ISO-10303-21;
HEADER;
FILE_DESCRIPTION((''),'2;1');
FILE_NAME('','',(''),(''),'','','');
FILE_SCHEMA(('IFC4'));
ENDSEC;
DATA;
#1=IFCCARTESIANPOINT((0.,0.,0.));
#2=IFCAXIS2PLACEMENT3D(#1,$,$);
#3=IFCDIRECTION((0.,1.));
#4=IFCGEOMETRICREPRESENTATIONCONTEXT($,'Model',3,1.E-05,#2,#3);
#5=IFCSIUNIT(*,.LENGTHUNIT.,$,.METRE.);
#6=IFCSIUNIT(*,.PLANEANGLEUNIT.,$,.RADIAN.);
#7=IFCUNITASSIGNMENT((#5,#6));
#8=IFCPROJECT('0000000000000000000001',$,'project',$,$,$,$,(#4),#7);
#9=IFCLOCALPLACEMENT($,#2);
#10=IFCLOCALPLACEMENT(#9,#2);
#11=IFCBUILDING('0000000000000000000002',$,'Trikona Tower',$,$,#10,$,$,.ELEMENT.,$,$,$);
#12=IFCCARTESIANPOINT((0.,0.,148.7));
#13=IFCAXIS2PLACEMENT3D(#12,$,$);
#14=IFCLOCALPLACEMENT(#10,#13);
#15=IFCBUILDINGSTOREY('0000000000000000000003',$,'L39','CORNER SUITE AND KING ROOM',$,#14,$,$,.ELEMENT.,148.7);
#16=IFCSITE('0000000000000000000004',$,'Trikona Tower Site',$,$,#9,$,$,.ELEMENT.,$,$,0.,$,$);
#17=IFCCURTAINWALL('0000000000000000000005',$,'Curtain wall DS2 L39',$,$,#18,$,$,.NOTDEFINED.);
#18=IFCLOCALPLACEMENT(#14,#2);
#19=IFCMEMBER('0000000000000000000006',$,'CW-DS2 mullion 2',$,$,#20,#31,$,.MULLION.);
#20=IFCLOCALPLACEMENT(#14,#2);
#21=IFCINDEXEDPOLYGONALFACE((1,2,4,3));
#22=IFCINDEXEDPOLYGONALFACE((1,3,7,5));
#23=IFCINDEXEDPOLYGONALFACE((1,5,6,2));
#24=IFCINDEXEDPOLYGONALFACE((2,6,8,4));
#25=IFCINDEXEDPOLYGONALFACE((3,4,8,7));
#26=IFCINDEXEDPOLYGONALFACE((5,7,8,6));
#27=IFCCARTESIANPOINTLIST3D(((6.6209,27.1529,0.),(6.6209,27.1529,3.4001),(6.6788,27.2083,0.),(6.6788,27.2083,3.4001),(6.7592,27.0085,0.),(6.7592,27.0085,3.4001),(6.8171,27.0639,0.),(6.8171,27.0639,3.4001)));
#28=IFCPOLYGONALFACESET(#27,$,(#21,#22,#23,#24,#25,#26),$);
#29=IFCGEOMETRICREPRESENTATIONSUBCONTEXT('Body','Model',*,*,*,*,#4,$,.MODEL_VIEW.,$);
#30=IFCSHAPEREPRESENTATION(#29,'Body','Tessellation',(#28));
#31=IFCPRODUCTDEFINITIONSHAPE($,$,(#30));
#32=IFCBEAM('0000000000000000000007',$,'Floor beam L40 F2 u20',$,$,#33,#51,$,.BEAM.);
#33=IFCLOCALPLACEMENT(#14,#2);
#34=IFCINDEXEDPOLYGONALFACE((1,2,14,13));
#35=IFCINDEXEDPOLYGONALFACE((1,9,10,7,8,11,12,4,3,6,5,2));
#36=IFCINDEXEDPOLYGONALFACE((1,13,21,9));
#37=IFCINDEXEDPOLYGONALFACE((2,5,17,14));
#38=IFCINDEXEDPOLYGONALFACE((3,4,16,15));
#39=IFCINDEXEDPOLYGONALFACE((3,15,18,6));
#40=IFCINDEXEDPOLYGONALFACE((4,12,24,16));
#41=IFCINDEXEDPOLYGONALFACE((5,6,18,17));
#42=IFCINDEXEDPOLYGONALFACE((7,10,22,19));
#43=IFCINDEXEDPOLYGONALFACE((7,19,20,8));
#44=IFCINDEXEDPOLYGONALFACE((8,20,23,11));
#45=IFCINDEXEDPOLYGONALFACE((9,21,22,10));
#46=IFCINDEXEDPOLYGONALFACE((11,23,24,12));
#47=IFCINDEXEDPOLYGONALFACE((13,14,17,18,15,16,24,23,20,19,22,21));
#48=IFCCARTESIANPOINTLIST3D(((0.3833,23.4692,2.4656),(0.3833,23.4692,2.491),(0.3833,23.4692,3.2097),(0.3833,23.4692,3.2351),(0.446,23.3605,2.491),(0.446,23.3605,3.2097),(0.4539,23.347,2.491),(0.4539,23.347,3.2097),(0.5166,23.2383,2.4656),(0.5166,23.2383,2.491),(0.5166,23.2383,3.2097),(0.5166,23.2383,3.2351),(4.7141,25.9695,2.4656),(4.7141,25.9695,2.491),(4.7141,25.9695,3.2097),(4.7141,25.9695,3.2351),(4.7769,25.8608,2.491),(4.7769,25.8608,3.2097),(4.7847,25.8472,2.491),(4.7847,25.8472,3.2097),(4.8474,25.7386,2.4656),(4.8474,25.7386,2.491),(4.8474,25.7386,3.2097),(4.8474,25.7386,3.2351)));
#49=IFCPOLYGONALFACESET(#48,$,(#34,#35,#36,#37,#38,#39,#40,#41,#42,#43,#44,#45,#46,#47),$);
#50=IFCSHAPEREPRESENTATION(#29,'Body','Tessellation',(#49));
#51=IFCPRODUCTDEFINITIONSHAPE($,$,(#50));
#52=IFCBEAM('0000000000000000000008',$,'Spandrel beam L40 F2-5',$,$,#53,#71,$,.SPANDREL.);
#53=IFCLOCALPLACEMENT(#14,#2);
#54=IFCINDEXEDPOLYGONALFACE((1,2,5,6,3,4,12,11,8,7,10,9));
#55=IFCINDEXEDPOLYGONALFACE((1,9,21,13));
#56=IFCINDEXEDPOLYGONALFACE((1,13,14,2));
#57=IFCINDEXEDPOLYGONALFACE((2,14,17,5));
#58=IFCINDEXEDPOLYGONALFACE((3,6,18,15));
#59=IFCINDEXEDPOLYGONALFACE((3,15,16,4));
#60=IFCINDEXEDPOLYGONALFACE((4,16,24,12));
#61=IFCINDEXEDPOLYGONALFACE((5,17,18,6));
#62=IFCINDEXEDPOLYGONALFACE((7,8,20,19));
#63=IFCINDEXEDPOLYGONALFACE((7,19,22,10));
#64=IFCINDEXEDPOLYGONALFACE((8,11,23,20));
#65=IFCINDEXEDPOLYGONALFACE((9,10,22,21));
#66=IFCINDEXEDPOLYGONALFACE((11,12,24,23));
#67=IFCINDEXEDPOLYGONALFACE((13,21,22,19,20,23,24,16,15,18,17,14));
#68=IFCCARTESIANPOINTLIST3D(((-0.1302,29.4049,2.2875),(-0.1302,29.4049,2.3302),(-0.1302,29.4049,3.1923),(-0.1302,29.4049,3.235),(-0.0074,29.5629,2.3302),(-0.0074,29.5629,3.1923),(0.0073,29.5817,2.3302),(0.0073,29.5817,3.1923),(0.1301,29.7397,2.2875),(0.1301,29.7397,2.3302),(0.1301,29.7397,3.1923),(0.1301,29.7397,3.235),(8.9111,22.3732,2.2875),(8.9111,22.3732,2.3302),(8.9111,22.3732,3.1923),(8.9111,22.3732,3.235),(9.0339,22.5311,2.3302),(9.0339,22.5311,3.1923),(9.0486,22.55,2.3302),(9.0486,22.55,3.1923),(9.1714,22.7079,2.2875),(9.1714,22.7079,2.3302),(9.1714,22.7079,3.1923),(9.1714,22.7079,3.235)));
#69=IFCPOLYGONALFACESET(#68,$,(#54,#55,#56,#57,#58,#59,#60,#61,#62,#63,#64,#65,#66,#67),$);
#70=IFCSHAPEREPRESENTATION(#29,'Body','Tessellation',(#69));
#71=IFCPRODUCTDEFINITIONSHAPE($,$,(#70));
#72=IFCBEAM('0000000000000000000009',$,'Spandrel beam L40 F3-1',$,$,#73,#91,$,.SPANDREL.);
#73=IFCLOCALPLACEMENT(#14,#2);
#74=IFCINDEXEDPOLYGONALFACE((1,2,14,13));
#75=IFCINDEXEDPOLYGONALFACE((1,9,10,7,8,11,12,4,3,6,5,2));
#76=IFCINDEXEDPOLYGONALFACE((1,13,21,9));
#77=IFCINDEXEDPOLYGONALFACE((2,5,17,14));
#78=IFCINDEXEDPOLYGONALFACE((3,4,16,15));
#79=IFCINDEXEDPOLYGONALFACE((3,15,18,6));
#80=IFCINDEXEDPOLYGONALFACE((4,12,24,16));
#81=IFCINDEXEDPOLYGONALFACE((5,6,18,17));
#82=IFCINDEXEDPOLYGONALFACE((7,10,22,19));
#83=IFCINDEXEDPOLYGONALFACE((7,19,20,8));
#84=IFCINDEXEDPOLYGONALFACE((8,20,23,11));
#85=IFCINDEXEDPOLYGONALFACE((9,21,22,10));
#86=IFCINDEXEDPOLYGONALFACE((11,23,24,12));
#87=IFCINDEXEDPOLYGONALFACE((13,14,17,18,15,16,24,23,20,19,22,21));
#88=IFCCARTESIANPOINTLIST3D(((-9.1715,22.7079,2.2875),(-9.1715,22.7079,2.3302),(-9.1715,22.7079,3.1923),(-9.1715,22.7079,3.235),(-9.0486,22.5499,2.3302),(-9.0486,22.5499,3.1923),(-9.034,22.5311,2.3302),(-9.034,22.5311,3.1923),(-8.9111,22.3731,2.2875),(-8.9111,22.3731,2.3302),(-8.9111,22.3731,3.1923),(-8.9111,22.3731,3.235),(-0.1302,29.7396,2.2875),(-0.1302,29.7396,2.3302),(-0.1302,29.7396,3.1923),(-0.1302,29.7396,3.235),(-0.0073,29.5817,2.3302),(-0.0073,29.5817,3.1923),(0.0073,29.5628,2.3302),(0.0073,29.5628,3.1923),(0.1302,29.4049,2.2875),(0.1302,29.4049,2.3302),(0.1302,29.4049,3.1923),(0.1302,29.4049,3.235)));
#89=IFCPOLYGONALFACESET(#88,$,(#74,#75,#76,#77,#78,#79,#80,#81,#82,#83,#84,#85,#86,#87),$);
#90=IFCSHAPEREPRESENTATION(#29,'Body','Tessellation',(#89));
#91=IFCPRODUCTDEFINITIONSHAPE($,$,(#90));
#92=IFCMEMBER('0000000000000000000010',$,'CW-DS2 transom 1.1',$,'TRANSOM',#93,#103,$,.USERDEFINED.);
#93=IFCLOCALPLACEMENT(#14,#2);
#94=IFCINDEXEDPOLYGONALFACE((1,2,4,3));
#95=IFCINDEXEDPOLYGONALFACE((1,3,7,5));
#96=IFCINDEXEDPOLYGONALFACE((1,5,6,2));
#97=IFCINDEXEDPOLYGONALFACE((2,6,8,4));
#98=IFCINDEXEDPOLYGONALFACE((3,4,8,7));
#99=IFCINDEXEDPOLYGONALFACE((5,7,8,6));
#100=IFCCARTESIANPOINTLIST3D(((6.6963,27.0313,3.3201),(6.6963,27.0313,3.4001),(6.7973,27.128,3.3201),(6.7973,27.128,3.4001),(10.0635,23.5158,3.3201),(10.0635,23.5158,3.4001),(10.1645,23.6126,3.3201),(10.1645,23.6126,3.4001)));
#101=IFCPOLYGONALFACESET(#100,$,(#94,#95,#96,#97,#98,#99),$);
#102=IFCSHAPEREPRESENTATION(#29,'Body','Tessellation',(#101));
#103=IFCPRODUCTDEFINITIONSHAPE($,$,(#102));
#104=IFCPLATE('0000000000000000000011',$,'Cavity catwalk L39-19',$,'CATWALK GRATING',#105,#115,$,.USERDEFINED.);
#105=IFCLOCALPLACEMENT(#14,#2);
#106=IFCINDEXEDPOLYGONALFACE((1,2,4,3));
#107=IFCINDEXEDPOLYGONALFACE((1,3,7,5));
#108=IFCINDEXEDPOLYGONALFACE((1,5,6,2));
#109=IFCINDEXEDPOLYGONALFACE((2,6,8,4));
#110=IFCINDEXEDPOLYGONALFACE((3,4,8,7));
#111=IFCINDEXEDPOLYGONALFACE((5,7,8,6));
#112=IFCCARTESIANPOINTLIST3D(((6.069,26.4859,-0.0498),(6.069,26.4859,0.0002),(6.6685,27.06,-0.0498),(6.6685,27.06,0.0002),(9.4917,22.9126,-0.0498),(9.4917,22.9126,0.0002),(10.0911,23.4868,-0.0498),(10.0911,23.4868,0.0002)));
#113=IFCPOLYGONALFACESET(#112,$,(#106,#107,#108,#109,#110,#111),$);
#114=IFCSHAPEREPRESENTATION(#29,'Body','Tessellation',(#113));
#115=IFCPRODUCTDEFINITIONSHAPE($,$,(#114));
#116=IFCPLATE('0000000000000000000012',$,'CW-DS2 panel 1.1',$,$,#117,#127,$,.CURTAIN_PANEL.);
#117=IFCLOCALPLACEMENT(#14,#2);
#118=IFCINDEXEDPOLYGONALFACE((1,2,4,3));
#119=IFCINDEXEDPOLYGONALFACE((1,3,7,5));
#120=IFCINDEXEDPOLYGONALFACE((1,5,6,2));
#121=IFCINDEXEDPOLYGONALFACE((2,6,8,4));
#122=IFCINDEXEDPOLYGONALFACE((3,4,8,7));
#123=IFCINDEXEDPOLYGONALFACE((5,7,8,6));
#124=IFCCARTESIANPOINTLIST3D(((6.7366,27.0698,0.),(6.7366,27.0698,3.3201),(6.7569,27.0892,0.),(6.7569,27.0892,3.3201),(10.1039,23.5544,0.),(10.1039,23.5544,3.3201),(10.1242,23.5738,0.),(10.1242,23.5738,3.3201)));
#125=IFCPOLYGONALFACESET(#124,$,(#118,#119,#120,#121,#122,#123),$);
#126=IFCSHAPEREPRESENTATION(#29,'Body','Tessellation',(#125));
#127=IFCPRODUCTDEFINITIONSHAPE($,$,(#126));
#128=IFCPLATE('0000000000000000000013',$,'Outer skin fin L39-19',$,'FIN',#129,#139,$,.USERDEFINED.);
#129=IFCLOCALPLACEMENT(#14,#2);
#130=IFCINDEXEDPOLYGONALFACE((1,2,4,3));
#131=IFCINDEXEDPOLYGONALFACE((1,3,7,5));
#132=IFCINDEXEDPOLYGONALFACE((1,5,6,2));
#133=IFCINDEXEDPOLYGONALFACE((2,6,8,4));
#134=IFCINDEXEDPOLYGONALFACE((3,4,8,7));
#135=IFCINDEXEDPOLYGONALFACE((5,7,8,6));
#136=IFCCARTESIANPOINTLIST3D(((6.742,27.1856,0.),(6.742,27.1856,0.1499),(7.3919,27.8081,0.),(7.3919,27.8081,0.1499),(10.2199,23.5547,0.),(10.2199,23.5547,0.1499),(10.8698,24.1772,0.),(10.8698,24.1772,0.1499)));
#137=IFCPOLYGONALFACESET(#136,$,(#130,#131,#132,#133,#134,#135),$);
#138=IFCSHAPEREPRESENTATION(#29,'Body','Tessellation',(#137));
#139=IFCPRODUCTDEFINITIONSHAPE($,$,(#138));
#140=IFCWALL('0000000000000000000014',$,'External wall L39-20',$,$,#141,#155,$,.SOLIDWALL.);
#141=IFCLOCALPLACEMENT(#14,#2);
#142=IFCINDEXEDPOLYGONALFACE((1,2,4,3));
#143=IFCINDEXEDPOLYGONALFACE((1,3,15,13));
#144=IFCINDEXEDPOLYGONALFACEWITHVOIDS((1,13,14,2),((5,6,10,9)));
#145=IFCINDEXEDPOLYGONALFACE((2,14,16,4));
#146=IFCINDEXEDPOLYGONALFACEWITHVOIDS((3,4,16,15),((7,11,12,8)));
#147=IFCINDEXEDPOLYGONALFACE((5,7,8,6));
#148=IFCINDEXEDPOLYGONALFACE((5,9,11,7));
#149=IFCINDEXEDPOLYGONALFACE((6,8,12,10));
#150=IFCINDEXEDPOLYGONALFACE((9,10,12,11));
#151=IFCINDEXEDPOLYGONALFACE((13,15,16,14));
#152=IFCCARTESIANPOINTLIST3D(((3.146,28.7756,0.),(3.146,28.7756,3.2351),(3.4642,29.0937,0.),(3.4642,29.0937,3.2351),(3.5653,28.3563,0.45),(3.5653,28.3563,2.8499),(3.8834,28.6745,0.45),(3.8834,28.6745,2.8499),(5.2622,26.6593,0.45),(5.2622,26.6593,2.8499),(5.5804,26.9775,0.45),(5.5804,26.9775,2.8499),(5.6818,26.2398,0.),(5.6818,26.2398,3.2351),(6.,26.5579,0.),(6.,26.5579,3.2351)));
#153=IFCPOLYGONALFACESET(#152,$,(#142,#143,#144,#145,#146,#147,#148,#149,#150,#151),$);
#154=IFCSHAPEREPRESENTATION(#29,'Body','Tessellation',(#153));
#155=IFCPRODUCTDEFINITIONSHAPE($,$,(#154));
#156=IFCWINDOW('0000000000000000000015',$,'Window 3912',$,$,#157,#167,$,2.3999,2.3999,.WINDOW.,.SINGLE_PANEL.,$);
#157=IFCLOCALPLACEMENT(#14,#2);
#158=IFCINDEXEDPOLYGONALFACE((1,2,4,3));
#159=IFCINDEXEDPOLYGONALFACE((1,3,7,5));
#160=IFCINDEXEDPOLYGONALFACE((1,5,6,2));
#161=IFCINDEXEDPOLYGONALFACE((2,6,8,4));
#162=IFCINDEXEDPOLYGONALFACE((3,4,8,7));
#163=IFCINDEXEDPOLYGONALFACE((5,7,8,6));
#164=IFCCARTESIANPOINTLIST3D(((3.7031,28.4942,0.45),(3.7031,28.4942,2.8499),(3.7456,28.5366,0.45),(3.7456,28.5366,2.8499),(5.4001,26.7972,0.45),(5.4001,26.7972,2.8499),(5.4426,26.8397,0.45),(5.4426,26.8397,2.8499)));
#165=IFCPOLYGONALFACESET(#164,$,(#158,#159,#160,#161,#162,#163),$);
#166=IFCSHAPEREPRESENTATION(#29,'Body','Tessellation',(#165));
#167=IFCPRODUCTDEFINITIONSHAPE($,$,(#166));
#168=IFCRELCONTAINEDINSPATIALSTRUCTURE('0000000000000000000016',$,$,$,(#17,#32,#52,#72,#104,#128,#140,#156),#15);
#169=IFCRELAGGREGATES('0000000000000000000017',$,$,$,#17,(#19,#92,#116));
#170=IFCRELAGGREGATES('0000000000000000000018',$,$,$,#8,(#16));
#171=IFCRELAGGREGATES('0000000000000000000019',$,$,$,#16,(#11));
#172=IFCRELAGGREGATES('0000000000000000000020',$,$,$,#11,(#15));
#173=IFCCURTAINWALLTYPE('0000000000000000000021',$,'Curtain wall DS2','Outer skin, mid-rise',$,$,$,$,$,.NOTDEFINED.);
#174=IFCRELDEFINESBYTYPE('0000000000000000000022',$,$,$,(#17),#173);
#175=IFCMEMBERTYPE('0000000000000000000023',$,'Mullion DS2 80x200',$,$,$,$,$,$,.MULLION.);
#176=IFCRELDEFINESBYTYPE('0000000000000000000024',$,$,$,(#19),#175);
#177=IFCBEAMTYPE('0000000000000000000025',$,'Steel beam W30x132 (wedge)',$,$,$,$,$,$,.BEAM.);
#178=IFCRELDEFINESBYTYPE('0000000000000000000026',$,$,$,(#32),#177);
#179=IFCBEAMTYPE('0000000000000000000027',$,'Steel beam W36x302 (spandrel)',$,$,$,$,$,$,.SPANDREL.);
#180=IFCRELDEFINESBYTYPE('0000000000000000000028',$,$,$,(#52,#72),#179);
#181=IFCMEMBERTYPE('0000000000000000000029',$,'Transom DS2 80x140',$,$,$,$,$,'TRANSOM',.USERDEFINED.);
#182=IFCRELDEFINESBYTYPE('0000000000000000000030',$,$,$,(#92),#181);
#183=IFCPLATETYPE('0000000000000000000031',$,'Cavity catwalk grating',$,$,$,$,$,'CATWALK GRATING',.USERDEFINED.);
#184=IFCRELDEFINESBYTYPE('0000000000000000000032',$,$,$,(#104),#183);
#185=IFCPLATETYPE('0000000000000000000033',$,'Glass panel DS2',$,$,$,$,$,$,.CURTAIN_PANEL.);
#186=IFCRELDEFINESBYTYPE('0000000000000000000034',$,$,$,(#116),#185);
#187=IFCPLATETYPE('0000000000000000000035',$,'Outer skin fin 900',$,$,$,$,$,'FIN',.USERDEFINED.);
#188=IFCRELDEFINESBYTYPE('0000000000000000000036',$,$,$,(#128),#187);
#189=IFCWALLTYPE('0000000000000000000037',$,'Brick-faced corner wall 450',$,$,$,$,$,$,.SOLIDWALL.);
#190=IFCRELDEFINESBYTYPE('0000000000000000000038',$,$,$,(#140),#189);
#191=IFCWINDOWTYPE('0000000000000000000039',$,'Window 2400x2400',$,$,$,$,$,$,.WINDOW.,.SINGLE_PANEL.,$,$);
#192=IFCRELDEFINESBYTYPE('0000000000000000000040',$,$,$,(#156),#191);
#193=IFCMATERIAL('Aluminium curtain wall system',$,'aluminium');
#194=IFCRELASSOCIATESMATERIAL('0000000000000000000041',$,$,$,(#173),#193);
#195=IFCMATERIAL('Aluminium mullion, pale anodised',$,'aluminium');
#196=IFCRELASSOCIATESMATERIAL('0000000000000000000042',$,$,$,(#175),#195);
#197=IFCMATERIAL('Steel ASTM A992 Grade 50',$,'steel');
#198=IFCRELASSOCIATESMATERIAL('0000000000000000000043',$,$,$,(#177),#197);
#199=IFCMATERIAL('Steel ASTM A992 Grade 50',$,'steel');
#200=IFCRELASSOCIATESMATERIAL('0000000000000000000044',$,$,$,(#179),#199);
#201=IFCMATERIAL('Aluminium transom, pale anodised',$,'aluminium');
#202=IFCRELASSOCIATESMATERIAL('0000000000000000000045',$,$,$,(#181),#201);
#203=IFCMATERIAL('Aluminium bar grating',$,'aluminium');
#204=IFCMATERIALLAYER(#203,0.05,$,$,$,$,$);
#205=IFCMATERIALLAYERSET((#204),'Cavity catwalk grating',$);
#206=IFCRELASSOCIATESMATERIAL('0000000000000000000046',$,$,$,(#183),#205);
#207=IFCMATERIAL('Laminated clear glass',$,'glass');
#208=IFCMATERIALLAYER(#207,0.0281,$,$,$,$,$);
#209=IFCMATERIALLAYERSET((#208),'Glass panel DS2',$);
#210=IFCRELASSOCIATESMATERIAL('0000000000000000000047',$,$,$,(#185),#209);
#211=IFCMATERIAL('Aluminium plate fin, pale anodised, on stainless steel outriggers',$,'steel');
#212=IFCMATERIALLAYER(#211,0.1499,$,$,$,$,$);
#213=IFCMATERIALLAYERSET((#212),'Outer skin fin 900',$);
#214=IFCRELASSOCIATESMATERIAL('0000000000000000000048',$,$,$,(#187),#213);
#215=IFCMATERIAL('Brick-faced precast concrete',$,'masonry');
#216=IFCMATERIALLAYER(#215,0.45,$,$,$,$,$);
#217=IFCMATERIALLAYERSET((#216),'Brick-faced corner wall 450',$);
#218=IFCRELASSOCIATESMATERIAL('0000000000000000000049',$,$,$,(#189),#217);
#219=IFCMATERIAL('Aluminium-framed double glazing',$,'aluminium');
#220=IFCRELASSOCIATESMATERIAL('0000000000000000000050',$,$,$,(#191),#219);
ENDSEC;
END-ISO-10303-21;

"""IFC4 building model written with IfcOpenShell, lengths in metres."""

from ifc_helpers import new_model, si_unit, direction, frame, frame_2d, origin, origin_2d, place, context, subcontext, project, spatial, rectangle, i_section, extrude, material, layer, layer_set, material_profile, profile_set, type_object, element, fill, aggregate, save


model = new_model("IFC4")

# Units and contexts
model_context = context("Model", 3, precision=1e-05, world=origin(), true_north=direction((0.0, 1.0)))
body_context = subcontext(model_context, "Body", "Model", "MODEL_VIEW")
ifc_project = project(units=[si_unit("LENGTHUNIT", "METRE"), si_unit("PLANEANGLEUNIT", "RADIAN")], contexts=[model_context])

# Site, building, storey
site_placement = place(None, origin())
site = spatial("IfcSite", under=ifc_project, at=site_placement, Name="Trikona Tower Site", CompositionType="ELEMENT", RefElevation=0.0)
building_placement = place(site_placement, origin())
building = spatial("IfcBuilding", under=site, at=building_placement, Name="Trikona Tower", CompositionType="ELEMENT")
storey_placement = place(building_placement, frame((0.0, 0.0, 148.7)))
storey = spatial("IfcBuildingStorey", under=building, at=storey_placement, Name="L39", Description="CORNER SUITE AND KING ROOM", CompositionType="ELEMENT", Elevation=148.7)

# Curtain wall, member
ifc_material_1 = material(Name="Aluminium curtain wall system", Category="aluminium")
curtain_wall_type = type_object("IfcCurtainWallType", Name="Curtain wall DS2", Description="Outer skin, mid-rise", PredefinedType="NOTDEFINED", material=ifc_material_1)
curtain_wall_placement = place(storey_placement, origin())
curtain_wall = element("IfcCurtainWall", 1, at=curtain_wall_placement, inside=storey, type_object=curtain_wall_type, Name="Curtain wall DS2 L39", PredefinedType="NOTDEFINED")
ifc_material_2 = material(Name="Aluminium mullion, pale anodised", Category="aluminium")
ifc_material_profile_1 = material_profile(ifc_material_2, rectangle(XDim=0.0801, YDim=0.2, at=origin_2d()), Name="MUL-DS2")
ifc_profile_set_1 = profile_set([ifc_material_profile_1], Name="Aluminium mullion, pale anodised")
member_type_1 = type_object("IfcMemberType", Name="Mullion DS2 80x200", PredefinedType="MULLION", material=ifc_profile_set_1)
member_1_placement = place(storey_placement, frame((6.719, 27.1084, 0.0), z_axis=(0.0, 0.0, 1.0), x_axis=(-0.722158, -0.691728, 0.0)))
member_1 = element("IfcMember", 2, at=member_1_placement, type_object=member_type_1, Name="CW-DS2 mullion 2", PredefinedType="MULLION", context=body_context, shape_type="SweptSolid", body=[
    extrude(rectangle(XDim=0.0801, YDim=0.2, at=origin_2d()), origin(), (0.0, 0.0, 1.0), 3.4001),
])

# Beams
ifc_material_3 = material(Name="Steel ASTM A992 Grade 50", Category="steel")
ifc_material_profile_2 = material_profile(ifc_material_3, i_section(OverallWidth=0.2666, OverallDepth=0.7695, WebThickness=0.0156, FlangeThickness=0.0254, at=origin_2d()), Name="W30X132")
ifc_profile_set_2 = profile_set([ifc_material_profile_2], Name="Steel ASTM A992 Grade 50")
beam_type_1 = type_object("IfcBeamType", Name="Steel beam W30x132 (wedge)", PredefinedType="BEAM", material=ifc_profile_set_2)
beam_placement = place(storey_placement, frame((0.45, 23.3538, 2.8503), z_axis=(0.866038, 0.499977, 0.0), x_axis=(-0.499977, 0.866038, 0.0)))
element("IfcBeam", 3, at=beam_placement, inside=storey, type_object=beam_type_1, Name="Floor beam L40 F2 u20", PredefinedType="BEAM", context=body_context, shape_type="SweptSolid", body=[
    extrude(i_section(OverallWidth=0.2666, OverallDepth=0.7695, WebThickness=0.0156, FlangeThickness=0.0254, at=origin_2d()), origin(), (0.0, 0.0, 1.0), 5.0007),
])
ifc_material_4 = material(Name="Steel ASTM A992 Grade 50", Category="steel")
ifc_material_profile_3 = material_profile(ifc_material_4, i_section(OverallWidth=0.4241, OverallDepth=0.9475, WebThickness=0.0239, FlangeThickness=0.0427, at=origin_2d()), Name="W36X302")
ifc_profile_set_3 = profile_set([ifc_material_profile_3], Name="Steel ASTM A992 Grade 50")
beam_type_2 = type_object("IfcBeamType", Name="Steel beam W36x302 (spandrel)", PredefinedType="SPANDREL", material=ifc_profile_set_3)
for number, where, z_axis, x_axis, name in (
    (4, (9.0413, 22.5405, 2.7612), (-0.789367, 0.613921, 0.0), (-0.613921, -0.789367, 0.0), "Spandrel beam L40 F2-5"),
    (5, (0.0, 29.5723, 2.7612), (-0.789367, -0.613921, 0.0), (0.613921, -0.789367, 0.0), "Spandrel beam L40 F3-1"),
):
    element("IfcBeam", number, at=place(storey_placement, frame(where, z_axis=z_axis, x_axis=x_axis)), inside=storey, type_object=beam_type_2, Name=name, PredefinedType="SPANDREL", context=body_context, shape_type="SweptSolid", body=[
        extrude(i_section(OverallWidth=0.4241, OverallDepth=0.9475, WebThickness=0.0239, FlangeThickness=0.0427, at=origin_2d()), origin(), (0.0, 0.0, 1.0), 11.4539),
    ])

# Member
ifc_material_5 = material(Name="Aluminium transom, pale anodised", Category="aluminium")
ifc_material_profile_4 = material_profile(ifc_material_5, rectangle(XDim=0.1399, YDim=0.0801, at=origin_2d()), Name="TRN-DS2")
ifc_profile_set_4 = profile_set([ifc_material_profile_4], Name="Aluminium transom, pale anodised")
member_type_2 = type_object("IfcMemberType", Name="Transom DS2 80x140", ElementType="TRANSOM", PredefinedType="USERDEFINED", material=ifc_profile_set_4)
member_2_placement = place(storey_placement, frame((10.114, 23.5642, 3.3601), z_axis=(-0.691721, 0.722165, 0.0), x_axis=(-0.722165, -0.691721, 0.0)))
member_2 = element("IfcMember", 6, at=member_2_placement, type_object=member_type_2, Name="CW-DS2 transom 1.1", ObjectType="TRANSOM", PredefinedType="USERDEFINED", context=body_context, shape_type="SweptSolid", body=[
    extrude(rectangle(XDim=0.1399, YDim=0.0801, at=origin_2d()), origin(), (0.0, 0.0, 1.0), 4.8679),
])

# Plates
ifc_material_6 = material(Name="Aluminium bar grating", Category="aluminium")
ifc_layer_1 = layer(ifc_material_6, 0.05)
ifc_layer_set_1 = layer_set([ifc_layer_1], Name="Cavity catwalk grating")
plate_type_1 = type_object("IfcPlateType", Name="Cavity catwalk grating", ElementType="CATWALK GRATING", PredefinedType="USERDEFINED", material=ifc_layer_set_1)
plate_1_placement = place(storey_placement, frame((8.0801, 24.9863, -0.0498), z_axis=(0.0, 0.0, 1.0), x_axis=(-0.691724, 0.722162, 0.0)))
element("IfcPlate", 7, at=plate_1_placement, inside=storey, type_object=plate_type_1, Name="Cavity catwalk L39-19", ObjectType="CATWALK GRATING", PredefinedType="USERDEFINED", context=body_context, shape_type="SweptSolid", body=[
    extrude(rectangle(XDim=4.948, YDim=0.8301, at=origin_2d()), origin(), (0.0, 0.0, 1.0), 0.05),
])
ifc_material_7 = material(Name="Laminated clear glass", Category="glass")
ifc_layer_2 = layer(ifc_material_7, 0.0281)
ifc_layer_set_2 = layer_set([ifc_layer_2], Name="Glass panel DS2")
plate_type_2 = type_object("IfcPlateType", Name="Glass panel DS2", PredefinedType="CURTAIN_PANEL", material=ifc_layer_set_2)
plate_2_placement = place(storey_placement, frame((8.4304, 25.3218, 0.0), z_axis=(0.0, 0.0, 1.0), x_axis=(-0.691728, 0.722158, 0.0)))
plate_2 = element("IfcPlate", 8, at=plate_2_placement, type_object=plate_type_2, Name="CW-DS2 panel 1.1", PredefinedType="CURTAIN_PANEL", context=body_context, shape_type="SweptSolid", body=[
    extrude(rectangle(XDim=4.8679, YDim=0.0281, at=origin_2d()), origin(), (0.0, 0.0, 1.0), 3.3201),
])
aggregate(curtain_wall, [member_1, member_2, plate_2])
ifc_material_8 = material(Name="Aluminium plate fin, pale anodised, on stainless steel outriggers", Category="steel")
ifc_layer_3 = layer(ifc_material_8, 0.1499)
ifc_layer_set_3 = layer_set([ifc_layer_3], Name="Outer skin fin 900")
plate_type_3 = type_object("IfcPlateType", Name="Outer skin fin 900", ElementType="FIN", PredefinedType="USERDEFINED", material=ifc_layer_set_3)
plate_3_placement = place(storey_placement, frame((8.8059, 25.6814, 0.0), z_axis=(0.0, 0.0, 1.0), x_axis=(-0.691724, 0.722162, 0.0)))
element("IfcPlate", 9, at=plate_3_placement, inside=storey, type_object=plate_type_3, Name="Outer skin fin L39-19", ObjectType="FIN", PredefinedType="USERDEFINED", context=body_context, shape_type="SweptSolid", body=[
    extrude(rectangle(XDim=5.0278, YDim=0.8999, at=origin_2d()), origin(), (0.0, 0.0, 1.0), 0.1499),
])

# Wall, opening, window
ifc_material_9 = material(Name="Brick-faced precast concrete", Category="masonry")
ifc_layer_4 = layer(ifc_material_9, 0.45)
ifc_layer_set_4 = layer_set([ifc_layer_4], Name="Brick-faced corner wall 450")
wall_type_1 = type_object("IfcWallType", Name="Brick-faced corner wall 450", PredefinedType="SOLIDWALL", material=ifc_layer_set_4)
wall_1_placement = place(storey_placement, frame((5.8408, 26.3989, 0.0), z_axis=(0.0, 0.0, 1.0), x_axis=(-0.707107, 0.707107, 0.0)))
wall_1 = element("IfcWall", 10, at=wall_1_placement, inside=storey, type_object=wall_type_1, Name="External wall L39-20", PredefinedType="SOLIDWALL", context=body_context, shape_type="SweptSolid", body=[
    extrude(rectangle(XDim=3.5862, YDim=0.45, at=frame_2d((1.793, 0.0))), origin(), (0.0, 0.0, 1.0), 3.2351),
])
opening_1_placement = place(wall_1_placement, frame((0.5933, 0.0, 0.45)))
opening_1 = element("IfcOpeningElement", 11, at=opening_1_placement, cuts=wall_1, PredefinedType="OPENING", context=body_context, shape_type="SweptSolid", body=[
    extrude(rectangle(XDim=2.3999, YDim=2.3999, at=frame_2d((1.2, 1.2))), frame((0.0, 0.2349, 0.0), z_axis=(0.0, -1.0, 0.0), x_axis=(1.0, 0.0, 0.0)), (0.0, 0.0, 1.0), 0.47),
])
ifc_material_10 = material(Name="Aluminium-framed double glazing", Category="aluminium")
window_type_1 = type_object("IfcWindowType", Name="Window 2400x2400", PartitioningType="SINGLE_PANEL", PredefinedType="WINDOW", material=ifc_material_10)
window_1_placement = place(opening_1_placement, origin())
window_1 = element("IfcWindow", 12, at=window_1_placement, inside=storey, type_object=window_type_1, Name="Window 3912", OverallHeight=2.3999, OverallWidth=2.3999, PartitioningType="SINGLE_PANEL", PredefinedType="WINDOW", context=body_context, shape_type="SweptSolid", body=[
    extrude(rectangle(XDim=2.3999, YDim=2.3999, at=frame_2d((1.2, 1.2))), frame((0.0, 0.03, 0.0), z_axis=(0.0, -1.0, 0.0), x_axis=(1.0, 0.0, 0.0)), (0.0, 0.0, 1.0), 0.0601),
])
fill(opening_1, window_1)

save(model, "model.ifc")
